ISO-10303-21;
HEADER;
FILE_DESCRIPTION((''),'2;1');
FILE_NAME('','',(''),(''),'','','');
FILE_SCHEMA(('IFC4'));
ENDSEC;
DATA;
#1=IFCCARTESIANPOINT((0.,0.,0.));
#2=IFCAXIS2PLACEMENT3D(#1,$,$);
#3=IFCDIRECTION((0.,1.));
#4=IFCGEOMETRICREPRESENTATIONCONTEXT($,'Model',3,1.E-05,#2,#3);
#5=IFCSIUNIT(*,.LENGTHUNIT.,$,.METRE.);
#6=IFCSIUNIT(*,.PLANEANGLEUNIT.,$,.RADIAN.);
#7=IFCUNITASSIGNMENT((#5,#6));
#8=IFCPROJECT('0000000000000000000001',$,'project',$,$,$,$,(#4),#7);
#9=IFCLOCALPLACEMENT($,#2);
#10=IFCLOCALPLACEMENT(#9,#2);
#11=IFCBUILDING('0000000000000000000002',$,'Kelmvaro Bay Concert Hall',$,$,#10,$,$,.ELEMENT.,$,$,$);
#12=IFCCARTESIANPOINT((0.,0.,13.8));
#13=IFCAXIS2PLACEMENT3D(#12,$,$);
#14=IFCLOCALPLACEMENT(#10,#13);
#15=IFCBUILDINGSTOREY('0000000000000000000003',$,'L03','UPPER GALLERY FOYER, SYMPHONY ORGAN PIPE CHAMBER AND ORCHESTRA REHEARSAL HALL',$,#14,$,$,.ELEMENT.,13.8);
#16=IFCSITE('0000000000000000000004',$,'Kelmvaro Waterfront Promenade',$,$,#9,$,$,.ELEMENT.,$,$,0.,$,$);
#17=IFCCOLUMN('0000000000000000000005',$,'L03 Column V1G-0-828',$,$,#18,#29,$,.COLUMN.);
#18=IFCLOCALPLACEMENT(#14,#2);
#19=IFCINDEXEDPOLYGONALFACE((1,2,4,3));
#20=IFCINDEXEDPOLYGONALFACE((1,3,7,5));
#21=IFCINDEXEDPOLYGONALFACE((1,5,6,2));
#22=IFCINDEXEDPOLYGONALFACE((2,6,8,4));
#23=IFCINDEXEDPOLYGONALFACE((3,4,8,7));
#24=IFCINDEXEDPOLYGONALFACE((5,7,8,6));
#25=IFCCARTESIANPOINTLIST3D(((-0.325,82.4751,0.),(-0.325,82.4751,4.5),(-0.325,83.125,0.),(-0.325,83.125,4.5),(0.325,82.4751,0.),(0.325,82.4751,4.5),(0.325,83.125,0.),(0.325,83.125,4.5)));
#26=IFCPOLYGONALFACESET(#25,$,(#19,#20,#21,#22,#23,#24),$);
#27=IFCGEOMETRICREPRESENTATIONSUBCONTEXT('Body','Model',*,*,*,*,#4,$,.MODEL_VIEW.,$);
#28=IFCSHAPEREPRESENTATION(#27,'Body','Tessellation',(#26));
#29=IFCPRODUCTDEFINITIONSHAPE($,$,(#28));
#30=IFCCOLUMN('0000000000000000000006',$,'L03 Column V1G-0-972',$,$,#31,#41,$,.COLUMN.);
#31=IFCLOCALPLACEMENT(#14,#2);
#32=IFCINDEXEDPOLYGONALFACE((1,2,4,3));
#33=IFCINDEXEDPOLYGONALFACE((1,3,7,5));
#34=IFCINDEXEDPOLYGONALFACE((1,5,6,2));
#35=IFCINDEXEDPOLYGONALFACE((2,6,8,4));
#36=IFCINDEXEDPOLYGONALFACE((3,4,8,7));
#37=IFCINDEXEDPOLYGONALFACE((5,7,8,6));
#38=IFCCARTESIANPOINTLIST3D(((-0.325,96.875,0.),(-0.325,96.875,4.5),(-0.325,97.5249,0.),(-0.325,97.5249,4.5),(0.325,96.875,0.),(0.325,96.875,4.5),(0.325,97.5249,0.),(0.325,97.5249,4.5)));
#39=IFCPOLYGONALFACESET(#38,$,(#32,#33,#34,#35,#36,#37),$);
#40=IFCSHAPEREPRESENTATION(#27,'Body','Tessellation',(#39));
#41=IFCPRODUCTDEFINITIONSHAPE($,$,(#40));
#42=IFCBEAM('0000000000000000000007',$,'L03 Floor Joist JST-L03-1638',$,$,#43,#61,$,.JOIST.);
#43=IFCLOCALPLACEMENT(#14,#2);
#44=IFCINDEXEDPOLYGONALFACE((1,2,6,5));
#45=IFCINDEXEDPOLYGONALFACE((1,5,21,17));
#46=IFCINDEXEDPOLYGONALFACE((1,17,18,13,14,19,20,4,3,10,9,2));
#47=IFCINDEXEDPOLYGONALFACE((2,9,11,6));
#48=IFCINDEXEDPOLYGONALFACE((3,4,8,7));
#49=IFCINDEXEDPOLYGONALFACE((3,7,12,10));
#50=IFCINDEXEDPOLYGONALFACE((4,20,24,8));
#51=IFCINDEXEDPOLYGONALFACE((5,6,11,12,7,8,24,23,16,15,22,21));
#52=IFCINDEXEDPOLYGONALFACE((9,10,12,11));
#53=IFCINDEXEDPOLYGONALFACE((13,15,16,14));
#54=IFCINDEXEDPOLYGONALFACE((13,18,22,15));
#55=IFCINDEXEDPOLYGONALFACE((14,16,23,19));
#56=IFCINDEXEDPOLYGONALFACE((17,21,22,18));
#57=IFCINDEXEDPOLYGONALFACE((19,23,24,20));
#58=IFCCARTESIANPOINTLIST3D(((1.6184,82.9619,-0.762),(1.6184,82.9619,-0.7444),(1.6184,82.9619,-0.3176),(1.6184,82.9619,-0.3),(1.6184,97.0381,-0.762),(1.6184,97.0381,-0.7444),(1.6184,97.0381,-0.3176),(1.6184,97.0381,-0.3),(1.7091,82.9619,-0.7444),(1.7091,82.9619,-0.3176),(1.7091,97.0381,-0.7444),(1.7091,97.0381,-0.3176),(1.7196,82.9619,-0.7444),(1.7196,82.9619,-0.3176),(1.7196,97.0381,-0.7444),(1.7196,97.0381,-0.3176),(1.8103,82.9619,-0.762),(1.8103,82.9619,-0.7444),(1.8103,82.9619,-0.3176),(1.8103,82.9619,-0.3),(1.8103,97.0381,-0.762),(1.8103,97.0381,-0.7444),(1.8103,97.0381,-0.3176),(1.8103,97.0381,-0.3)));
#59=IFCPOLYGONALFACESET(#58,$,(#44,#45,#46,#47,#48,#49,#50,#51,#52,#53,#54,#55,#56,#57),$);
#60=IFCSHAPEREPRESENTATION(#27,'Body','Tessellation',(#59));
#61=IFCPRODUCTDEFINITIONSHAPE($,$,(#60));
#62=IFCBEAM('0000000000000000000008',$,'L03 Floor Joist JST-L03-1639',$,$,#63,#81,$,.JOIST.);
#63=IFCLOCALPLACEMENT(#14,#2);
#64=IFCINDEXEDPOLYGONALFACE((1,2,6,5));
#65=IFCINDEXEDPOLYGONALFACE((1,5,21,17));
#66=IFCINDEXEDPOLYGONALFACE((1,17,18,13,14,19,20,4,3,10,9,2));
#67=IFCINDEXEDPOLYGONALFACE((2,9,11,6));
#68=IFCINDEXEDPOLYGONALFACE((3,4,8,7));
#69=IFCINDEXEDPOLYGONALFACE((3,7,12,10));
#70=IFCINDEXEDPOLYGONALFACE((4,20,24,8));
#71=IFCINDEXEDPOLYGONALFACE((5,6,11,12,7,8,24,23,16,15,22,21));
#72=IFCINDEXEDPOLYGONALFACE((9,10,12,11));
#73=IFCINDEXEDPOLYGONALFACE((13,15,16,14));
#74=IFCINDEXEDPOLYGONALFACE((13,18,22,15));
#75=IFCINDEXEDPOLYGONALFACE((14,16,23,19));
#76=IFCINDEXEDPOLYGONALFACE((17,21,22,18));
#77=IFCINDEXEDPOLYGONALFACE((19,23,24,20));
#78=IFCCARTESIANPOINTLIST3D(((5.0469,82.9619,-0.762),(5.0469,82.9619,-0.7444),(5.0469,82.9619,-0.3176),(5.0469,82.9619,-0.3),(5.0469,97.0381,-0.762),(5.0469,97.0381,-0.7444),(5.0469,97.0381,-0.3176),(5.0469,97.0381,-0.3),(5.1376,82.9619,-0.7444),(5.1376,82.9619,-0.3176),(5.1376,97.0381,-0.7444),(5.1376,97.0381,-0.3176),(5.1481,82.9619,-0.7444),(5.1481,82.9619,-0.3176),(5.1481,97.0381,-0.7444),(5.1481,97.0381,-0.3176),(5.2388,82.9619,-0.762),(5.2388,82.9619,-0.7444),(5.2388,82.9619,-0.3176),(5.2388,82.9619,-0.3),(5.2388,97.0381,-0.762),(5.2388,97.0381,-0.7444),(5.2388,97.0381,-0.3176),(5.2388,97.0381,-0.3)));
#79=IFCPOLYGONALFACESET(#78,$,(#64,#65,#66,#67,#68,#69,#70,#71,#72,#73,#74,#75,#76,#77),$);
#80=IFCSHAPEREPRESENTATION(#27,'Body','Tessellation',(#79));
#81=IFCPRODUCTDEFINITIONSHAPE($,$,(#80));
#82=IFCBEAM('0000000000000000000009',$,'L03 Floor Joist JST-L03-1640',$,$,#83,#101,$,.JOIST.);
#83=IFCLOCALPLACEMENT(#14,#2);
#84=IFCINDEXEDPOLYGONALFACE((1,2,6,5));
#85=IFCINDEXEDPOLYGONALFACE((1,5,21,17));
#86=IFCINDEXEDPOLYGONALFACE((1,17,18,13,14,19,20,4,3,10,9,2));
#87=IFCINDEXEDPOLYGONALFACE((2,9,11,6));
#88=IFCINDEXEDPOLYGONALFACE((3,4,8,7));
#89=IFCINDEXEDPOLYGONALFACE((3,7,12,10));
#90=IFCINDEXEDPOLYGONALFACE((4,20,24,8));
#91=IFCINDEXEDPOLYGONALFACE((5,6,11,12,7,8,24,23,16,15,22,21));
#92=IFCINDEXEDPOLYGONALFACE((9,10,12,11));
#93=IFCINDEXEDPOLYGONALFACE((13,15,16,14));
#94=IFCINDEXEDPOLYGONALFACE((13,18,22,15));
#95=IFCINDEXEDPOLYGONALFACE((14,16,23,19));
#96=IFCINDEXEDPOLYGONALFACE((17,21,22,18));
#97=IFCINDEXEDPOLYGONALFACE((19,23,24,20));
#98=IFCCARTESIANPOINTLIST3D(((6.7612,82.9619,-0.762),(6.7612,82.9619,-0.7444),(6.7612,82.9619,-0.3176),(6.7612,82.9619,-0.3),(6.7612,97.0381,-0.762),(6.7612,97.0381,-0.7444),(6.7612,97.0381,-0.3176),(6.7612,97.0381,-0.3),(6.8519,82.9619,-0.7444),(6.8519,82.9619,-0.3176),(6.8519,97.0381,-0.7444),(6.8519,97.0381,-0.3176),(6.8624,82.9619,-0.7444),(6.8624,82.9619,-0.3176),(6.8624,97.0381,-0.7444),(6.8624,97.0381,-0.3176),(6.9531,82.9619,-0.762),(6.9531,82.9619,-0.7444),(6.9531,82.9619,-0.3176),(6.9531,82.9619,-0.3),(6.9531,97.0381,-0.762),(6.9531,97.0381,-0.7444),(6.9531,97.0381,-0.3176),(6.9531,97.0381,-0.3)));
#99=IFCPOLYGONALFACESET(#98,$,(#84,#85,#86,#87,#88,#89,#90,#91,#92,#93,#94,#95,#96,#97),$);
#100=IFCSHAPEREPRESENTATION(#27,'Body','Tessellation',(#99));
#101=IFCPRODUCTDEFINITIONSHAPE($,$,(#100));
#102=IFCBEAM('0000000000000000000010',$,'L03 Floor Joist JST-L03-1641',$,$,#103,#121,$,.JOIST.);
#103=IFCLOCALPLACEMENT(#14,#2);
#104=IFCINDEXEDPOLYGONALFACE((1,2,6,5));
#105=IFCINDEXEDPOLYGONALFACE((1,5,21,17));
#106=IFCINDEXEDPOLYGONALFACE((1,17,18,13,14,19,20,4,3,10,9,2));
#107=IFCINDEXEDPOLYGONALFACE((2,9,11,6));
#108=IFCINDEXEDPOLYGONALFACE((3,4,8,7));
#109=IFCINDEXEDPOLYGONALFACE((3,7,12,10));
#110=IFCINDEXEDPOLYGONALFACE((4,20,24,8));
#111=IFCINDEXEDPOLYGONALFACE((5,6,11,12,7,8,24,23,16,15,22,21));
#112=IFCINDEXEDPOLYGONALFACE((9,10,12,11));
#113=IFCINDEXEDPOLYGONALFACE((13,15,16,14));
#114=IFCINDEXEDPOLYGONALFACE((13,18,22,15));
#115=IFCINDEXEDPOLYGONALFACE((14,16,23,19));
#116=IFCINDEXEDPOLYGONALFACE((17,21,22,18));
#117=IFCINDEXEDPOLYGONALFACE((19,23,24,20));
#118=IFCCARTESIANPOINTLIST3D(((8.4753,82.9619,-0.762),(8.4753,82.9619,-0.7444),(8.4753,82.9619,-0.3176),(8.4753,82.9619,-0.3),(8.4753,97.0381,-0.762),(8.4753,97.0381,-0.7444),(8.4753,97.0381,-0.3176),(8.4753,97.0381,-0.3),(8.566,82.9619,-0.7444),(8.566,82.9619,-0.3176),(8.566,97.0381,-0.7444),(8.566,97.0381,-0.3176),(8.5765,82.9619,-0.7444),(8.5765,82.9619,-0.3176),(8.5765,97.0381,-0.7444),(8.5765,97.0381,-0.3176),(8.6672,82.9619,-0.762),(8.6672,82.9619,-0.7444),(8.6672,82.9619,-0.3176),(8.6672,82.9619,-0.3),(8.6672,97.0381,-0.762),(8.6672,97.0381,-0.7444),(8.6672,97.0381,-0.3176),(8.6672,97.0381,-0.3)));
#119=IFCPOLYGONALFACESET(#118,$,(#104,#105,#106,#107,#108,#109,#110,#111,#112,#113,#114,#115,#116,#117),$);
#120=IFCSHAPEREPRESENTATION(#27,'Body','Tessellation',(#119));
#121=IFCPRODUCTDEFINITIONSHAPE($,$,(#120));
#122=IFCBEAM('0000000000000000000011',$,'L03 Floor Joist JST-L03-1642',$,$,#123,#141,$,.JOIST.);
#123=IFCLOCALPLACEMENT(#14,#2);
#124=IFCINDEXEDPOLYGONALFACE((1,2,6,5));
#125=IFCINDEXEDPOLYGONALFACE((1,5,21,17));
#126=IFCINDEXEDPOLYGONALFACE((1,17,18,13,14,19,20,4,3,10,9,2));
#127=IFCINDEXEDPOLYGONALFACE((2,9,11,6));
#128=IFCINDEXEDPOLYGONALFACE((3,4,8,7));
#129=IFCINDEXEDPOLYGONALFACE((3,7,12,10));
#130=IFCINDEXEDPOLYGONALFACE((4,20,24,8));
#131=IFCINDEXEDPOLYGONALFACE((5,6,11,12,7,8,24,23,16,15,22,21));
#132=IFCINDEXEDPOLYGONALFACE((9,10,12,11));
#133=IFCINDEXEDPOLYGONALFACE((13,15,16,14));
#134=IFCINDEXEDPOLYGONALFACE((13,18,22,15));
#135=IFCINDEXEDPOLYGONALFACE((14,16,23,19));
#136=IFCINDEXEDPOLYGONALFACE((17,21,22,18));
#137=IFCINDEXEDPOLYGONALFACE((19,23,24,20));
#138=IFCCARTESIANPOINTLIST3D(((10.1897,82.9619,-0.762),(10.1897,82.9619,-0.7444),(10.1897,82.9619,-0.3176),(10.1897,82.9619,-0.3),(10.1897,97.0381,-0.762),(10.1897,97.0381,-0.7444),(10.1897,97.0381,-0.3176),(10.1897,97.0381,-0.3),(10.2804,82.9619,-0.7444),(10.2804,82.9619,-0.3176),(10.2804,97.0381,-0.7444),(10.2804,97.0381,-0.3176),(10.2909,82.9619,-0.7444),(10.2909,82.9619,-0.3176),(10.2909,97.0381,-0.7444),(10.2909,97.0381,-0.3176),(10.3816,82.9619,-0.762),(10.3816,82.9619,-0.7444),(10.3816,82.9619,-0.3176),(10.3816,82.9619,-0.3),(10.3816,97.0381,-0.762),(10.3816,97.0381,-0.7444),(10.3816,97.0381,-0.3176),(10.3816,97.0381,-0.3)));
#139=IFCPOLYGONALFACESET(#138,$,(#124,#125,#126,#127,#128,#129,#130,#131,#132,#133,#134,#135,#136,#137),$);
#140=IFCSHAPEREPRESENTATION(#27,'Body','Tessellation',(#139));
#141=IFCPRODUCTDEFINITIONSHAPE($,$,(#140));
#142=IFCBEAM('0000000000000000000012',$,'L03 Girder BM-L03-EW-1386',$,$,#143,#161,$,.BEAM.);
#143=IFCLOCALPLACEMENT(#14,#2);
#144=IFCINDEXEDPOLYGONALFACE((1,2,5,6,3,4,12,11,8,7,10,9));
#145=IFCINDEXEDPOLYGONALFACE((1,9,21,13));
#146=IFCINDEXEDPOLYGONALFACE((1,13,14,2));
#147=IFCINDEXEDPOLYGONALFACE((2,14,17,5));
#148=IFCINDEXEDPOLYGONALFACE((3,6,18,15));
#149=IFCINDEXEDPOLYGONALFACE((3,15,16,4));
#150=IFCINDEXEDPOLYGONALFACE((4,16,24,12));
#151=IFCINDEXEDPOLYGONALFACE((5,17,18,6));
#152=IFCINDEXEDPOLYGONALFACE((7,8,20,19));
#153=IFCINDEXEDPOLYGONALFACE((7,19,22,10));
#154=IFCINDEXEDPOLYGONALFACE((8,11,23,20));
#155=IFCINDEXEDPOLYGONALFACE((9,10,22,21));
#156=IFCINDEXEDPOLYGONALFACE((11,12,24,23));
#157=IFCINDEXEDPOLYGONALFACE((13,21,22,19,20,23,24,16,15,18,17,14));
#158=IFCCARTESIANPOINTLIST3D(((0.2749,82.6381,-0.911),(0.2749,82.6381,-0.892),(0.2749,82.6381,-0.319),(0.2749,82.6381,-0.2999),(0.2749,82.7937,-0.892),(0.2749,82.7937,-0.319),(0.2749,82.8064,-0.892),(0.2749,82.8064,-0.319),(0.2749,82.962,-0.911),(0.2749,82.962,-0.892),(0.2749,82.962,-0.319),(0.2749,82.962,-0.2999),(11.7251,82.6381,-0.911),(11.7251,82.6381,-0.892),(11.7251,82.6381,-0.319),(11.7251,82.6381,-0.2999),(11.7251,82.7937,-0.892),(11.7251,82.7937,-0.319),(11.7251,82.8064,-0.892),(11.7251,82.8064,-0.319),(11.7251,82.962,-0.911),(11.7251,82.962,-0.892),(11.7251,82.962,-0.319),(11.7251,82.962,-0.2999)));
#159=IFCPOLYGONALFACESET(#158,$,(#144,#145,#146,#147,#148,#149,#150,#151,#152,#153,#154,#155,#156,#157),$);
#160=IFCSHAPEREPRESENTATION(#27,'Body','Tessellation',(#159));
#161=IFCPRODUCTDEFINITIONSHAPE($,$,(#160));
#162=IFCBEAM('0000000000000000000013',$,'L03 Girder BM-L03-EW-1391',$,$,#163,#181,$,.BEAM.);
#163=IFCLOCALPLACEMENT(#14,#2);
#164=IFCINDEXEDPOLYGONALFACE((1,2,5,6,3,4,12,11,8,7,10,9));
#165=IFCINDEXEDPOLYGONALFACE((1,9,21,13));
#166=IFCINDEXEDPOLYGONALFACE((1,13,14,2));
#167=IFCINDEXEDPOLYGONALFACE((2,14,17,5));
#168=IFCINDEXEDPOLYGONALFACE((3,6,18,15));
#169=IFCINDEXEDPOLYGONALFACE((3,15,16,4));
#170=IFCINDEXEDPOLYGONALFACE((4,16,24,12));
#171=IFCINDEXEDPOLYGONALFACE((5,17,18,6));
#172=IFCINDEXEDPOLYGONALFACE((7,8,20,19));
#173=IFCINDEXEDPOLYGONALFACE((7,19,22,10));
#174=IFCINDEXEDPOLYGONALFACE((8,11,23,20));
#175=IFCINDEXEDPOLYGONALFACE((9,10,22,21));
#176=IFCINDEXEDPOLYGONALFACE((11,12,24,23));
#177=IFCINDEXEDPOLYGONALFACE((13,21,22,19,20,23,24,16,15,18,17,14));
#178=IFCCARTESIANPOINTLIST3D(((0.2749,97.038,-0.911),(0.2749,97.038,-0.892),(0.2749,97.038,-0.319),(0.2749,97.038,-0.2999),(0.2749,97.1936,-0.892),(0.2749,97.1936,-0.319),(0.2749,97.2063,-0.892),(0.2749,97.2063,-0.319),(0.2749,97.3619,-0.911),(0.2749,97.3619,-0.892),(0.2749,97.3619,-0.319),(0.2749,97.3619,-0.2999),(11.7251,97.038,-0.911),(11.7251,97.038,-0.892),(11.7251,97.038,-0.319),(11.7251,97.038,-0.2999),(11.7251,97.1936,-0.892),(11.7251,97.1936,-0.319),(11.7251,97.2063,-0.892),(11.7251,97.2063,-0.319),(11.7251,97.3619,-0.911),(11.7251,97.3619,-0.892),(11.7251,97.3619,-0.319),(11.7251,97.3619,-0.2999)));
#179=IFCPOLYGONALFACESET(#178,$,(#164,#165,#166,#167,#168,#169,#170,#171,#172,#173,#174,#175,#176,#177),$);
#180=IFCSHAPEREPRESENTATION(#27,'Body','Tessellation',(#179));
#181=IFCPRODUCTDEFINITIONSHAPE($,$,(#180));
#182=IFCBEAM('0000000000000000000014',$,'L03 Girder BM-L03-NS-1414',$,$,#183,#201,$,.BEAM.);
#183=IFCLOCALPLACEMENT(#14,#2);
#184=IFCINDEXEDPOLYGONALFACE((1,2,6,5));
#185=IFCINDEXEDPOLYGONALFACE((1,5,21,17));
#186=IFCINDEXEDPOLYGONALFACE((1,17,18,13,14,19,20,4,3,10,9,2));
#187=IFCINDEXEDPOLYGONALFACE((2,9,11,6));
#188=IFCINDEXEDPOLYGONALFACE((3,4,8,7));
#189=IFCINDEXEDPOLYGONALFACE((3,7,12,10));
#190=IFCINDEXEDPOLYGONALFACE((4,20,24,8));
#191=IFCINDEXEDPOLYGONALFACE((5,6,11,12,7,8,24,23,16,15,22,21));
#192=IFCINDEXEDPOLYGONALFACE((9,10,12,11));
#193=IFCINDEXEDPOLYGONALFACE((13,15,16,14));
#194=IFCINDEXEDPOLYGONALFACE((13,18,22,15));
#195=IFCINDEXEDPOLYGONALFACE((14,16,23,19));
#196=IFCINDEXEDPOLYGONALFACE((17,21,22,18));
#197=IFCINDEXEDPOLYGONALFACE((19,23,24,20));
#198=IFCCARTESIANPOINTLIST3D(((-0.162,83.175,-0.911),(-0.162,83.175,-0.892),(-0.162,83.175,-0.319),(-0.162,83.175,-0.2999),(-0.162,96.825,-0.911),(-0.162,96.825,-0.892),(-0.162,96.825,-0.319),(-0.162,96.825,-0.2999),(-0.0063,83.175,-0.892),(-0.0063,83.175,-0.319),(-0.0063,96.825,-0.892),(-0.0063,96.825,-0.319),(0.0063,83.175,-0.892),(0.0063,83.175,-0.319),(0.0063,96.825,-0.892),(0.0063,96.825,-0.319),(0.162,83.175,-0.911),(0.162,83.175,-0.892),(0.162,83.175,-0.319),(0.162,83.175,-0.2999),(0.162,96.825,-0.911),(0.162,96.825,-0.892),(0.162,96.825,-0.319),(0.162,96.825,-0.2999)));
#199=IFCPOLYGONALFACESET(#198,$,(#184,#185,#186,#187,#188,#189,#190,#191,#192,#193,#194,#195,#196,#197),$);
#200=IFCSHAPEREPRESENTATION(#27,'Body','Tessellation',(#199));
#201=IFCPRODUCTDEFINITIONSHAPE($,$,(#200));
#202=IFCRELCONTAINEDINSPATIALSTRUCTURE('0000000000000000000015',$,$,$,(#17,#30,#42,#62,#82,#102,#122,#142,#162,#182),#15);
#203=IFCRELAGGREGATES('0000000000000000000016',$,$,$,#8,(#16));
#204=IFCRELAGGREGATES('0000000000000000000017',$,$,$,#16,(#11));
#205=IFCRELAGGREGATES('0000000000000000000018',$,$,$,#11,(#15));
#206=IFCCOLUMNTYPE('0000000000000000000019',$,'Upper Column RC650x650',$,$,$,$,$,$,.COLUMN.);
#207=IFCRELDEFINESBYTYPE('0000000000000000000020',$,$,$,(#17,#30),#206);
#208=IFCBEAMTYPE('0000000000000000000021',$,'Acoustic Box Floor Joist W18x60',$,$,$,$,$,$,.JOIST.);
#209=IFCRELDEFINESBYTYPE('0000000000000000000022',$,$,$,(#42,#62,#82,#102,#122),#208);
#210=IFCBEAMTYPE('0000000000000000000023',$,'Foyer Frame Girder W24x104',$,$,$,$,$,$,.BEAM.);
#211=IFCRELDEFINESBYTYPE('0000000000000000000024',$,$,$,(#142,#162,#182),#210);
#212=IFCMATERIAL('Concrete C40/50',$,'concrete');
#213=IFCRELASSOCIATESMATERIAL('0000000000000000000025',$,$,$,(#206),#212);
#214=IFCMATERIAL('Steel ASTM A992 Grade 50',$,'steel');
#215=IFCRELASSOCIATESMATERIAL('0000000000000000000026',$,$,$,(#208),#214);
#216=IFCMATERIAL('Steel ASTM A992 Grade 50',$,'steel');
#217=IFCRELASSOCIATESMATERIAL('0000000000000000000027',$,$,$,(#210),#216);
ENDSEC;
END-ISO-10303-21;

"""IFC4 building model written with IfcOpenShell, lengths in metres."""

from ifc_helpers import new_model, si_unit, direction, frame, origin, origin_2d, place, context, subcontext, project, spatial, rectangle, i_section, extrude, material, material_profile, profile_set, type_object, element, save


model = new_model("IFC4")

# Units and contexts
model_context = context("Model", 3, precision=1e-05, world=origin(), true_north=direction((0.0, 1.0)))
body_context = subcontext(model_context, "Body", "Model", "MODEL_VIEW")
ifc_project = project(units=[si_unit("LENGTHUNIT", "METRE"), si_unit("PLANEANGLEUNIT", "RADIAN")], contexts=[model_context])

# Site, building, storey
site_placement = place(None, origin())
site = spatial("IfcSite", under=ifc_project, at=site_placement, Name="Kelmvaro Waterfront Promenade", CompositionType="ELEMENT", RefElevation=0.0)
building_placement = place(site_placement, origin())
building = spatial("IfcBuilding", under=site, at=building_placement, Name="Kelmvaro Bay Concert Hall", CompositionType="ELEMENT")
storey_placement = place(building_placement, frame((0.0, 0.0, 13.8)))
storey = spatial("IfcBuildingStorey", under=building, at=storey_placement, Name="L03", Description="UPPER GALLERY FOYER, SYMPHONY ORGAN PIPE CHAMBER AND ORCHESTRA REHEARSAL HALL", CompositionType="ELEMENT", Elevation=13.8)

# Columns
ifc_material_1 = material(Name="Concrete C40/50", Category="concrete")
ifc_material_profile_1 = material_profile(ifc_material_1, rectangle(XDim=0.6499, YDim=0.6499, at=origin_2d()), Name="RC-COL-650X650")
ifc_profile_set_1 = profile_set([ifc_material_profile_1], Name="Concrete C40/50")
column_type = type_object("IfcColumnType", Name="Upper Column RC650x650", PredefinedType="COLUMN", material=ifc_profile_set_1)
for number, where, z_axis, x_axis, name in (
    (1, (0.0, 82.8, 0.0), (0.0, 0.0, 1.0), (1.0, 0.0, 0.0), "L03 Column V1G-0-828"),
    (2, (0.0, 97.2, 0.0), (0.0, 0.0, 1.0), (1.0, 0.0, 0.0), "L03 Column V1G-0-972"),
):
    element("IfcColumn", number, at=place(storey_placement, frame(where, z_axis=z_axis, x_axis=x_axis)), inside=storey, type_object=column_type, Name=name, PredefinedType="COLUMN", context=body_context, shape_type="SweptSolid", body=[
        extrude(rectangle(XDim=0.6499, YDim=0.6499, at=origin_2d()), origin(), (0.0, 0.0, 1.0), 4.5),
    ])

# Beams
ifc_material_2 = material(Name="Steel ASTM A992 Grade 50", Category="steel")
ifc_material_profile_2 = material_profile(ifc_material_2, i_section(OverallWidth=0.1919, OverallDepth=0.4619, WebThickness=0.0105, FlangeThickness=0.0176, at=origin_2d()), Name="W18X60")
ifc_profile_set_2 = profile_set([ifc_material_profile_2], Name="Steel ASTM A992 Grade 50")
beam_type_1 = type_object("IfcBeamType", Name="Acoustic Box Floor Joist W18x60", PredefinedType="JOIST", material=ifc_profile_set_2)
for number, where, z_axis, x_axis, name in (
    (3, (1.7144, 82.9619, -0.531), (0.0, 1.0, 0.0), (-1.0, 0.0, 0.0), "L03 Floor Joist JST-L03-1638"),
    (4, (5.1428, 82.9619, -0.531), (0.0, 1.0, 0.0), (-1.0, 0.0, 0.0), "L03 Floor Joist JST-L03-1639"),
    (5, (6.8572, 82.9619, -0.531), (0.0, 1.0, 0.0), (-1.0, 0.0, 0.0), "L03 Floor Joist JST-L03-1640"),
    (6, (8.5713, 82.9619, -0.531), (0.0, 1.0, 0.0), (-1.0, 0.0, 0.0), "L03 Floor Joist JST-L03-1641"),
    (7, (10.2856, 82.9619, -0.531), (0.0, 1.0, 0.0), (-1.0, 0.0, 0.0), "L03 Floor Joist JST-L03-1642"),
):
    element("IfcBeam", number, at=place(storey_placement, frame(where, z_axis=z_axis, x_axis=x_axis)), inside=storey, type_object=beam_type_1, Name=name, PredefinedType="JOIST", context=body_context, shape_type="SweptSolid", body=[
        extrude(i_section(OverallWidth=0.1919, OverallDepth=0.4619, WebThickness=0.0105, FlangeThickness=0.0176, at=origin_2d()), origin(), (0.0, 0.0, 1.0), 14.0762),
    ])
ifc_material_3 = material(Name="Steel ASTM A992 Grade 50", Category="steel")
ifc_material_profile_3 = material_profile(ifc_material_3, i_section(OverallWidth=0.324, OverallDepth=0.6111, WebThickness=0.0127, FlangeThickness=0.019, at=origin_2d()), Name="W24X104")
ifc_profile_set_3 = profile_set([ifc_material_profile_3], Name="Steel ASTM A992 Grade 50")
beam_type_2 = type_object("IfcBeamType", Name="Foyer Frame Girder W24x104", PredefinedType="BEAM", material=ifc_profile_set_3)
for number, where, z_axis, x_axis, name in (
    (8, (0.2749, 82.8, -0.6055), (1.0, 0.0, 0.0), (0.0, 1.0, 0.0), "L03 Girder BM-L03-EW-1386"),
    (9, (0.2749, 97.2, -0.6055), (1.0, 0.0, 0.0), (0.0, 1.0, 0.0), "L03 Girder BM-L03-EW-1391"),
):
    element("IfcBeam", number, at=place(storey_placement, frame(where, z_axis=z_axis, x_axis=x_axis)), inside=storey, type_object=beam_type_2, Name=name, PredefinedType="BEAM", context=body_context, shape_type="SweptSolid", body=[
        extrude(i_section(OverallWidth=0.324, OverallDepth=0.6111, WebThickness=0.0127, FlangeThickness=0.019, at=origin_2d()), origin(), (0.0, 0.0, 1.0), 11.4502),
    ])
beam_placement = place(storey_placement, frame((0.0, 83.175, -0.6055), z_axis=(0.0, 1.0, 0.0), x_axis=(-1.0, 0.0, 0.0)))
element("IfcBeam", 10, at=beam_placement, inside=storey, type_object=beam_type_2, Name="L03 Girder BM-L03-NS-1414", PredefinedType="BEAM", context=body_context, shape_type="SweptSolid", body=[
    extrude(i_section(OverallWidth=0.324, OverallDepth=0.6111, WebThickness=0.0127, FlangeThickness=0.019, at=origin_2d()), origin(), (0.0, 0.0, 1.0), 13.6499),
])

save(model, "model.ifc")
